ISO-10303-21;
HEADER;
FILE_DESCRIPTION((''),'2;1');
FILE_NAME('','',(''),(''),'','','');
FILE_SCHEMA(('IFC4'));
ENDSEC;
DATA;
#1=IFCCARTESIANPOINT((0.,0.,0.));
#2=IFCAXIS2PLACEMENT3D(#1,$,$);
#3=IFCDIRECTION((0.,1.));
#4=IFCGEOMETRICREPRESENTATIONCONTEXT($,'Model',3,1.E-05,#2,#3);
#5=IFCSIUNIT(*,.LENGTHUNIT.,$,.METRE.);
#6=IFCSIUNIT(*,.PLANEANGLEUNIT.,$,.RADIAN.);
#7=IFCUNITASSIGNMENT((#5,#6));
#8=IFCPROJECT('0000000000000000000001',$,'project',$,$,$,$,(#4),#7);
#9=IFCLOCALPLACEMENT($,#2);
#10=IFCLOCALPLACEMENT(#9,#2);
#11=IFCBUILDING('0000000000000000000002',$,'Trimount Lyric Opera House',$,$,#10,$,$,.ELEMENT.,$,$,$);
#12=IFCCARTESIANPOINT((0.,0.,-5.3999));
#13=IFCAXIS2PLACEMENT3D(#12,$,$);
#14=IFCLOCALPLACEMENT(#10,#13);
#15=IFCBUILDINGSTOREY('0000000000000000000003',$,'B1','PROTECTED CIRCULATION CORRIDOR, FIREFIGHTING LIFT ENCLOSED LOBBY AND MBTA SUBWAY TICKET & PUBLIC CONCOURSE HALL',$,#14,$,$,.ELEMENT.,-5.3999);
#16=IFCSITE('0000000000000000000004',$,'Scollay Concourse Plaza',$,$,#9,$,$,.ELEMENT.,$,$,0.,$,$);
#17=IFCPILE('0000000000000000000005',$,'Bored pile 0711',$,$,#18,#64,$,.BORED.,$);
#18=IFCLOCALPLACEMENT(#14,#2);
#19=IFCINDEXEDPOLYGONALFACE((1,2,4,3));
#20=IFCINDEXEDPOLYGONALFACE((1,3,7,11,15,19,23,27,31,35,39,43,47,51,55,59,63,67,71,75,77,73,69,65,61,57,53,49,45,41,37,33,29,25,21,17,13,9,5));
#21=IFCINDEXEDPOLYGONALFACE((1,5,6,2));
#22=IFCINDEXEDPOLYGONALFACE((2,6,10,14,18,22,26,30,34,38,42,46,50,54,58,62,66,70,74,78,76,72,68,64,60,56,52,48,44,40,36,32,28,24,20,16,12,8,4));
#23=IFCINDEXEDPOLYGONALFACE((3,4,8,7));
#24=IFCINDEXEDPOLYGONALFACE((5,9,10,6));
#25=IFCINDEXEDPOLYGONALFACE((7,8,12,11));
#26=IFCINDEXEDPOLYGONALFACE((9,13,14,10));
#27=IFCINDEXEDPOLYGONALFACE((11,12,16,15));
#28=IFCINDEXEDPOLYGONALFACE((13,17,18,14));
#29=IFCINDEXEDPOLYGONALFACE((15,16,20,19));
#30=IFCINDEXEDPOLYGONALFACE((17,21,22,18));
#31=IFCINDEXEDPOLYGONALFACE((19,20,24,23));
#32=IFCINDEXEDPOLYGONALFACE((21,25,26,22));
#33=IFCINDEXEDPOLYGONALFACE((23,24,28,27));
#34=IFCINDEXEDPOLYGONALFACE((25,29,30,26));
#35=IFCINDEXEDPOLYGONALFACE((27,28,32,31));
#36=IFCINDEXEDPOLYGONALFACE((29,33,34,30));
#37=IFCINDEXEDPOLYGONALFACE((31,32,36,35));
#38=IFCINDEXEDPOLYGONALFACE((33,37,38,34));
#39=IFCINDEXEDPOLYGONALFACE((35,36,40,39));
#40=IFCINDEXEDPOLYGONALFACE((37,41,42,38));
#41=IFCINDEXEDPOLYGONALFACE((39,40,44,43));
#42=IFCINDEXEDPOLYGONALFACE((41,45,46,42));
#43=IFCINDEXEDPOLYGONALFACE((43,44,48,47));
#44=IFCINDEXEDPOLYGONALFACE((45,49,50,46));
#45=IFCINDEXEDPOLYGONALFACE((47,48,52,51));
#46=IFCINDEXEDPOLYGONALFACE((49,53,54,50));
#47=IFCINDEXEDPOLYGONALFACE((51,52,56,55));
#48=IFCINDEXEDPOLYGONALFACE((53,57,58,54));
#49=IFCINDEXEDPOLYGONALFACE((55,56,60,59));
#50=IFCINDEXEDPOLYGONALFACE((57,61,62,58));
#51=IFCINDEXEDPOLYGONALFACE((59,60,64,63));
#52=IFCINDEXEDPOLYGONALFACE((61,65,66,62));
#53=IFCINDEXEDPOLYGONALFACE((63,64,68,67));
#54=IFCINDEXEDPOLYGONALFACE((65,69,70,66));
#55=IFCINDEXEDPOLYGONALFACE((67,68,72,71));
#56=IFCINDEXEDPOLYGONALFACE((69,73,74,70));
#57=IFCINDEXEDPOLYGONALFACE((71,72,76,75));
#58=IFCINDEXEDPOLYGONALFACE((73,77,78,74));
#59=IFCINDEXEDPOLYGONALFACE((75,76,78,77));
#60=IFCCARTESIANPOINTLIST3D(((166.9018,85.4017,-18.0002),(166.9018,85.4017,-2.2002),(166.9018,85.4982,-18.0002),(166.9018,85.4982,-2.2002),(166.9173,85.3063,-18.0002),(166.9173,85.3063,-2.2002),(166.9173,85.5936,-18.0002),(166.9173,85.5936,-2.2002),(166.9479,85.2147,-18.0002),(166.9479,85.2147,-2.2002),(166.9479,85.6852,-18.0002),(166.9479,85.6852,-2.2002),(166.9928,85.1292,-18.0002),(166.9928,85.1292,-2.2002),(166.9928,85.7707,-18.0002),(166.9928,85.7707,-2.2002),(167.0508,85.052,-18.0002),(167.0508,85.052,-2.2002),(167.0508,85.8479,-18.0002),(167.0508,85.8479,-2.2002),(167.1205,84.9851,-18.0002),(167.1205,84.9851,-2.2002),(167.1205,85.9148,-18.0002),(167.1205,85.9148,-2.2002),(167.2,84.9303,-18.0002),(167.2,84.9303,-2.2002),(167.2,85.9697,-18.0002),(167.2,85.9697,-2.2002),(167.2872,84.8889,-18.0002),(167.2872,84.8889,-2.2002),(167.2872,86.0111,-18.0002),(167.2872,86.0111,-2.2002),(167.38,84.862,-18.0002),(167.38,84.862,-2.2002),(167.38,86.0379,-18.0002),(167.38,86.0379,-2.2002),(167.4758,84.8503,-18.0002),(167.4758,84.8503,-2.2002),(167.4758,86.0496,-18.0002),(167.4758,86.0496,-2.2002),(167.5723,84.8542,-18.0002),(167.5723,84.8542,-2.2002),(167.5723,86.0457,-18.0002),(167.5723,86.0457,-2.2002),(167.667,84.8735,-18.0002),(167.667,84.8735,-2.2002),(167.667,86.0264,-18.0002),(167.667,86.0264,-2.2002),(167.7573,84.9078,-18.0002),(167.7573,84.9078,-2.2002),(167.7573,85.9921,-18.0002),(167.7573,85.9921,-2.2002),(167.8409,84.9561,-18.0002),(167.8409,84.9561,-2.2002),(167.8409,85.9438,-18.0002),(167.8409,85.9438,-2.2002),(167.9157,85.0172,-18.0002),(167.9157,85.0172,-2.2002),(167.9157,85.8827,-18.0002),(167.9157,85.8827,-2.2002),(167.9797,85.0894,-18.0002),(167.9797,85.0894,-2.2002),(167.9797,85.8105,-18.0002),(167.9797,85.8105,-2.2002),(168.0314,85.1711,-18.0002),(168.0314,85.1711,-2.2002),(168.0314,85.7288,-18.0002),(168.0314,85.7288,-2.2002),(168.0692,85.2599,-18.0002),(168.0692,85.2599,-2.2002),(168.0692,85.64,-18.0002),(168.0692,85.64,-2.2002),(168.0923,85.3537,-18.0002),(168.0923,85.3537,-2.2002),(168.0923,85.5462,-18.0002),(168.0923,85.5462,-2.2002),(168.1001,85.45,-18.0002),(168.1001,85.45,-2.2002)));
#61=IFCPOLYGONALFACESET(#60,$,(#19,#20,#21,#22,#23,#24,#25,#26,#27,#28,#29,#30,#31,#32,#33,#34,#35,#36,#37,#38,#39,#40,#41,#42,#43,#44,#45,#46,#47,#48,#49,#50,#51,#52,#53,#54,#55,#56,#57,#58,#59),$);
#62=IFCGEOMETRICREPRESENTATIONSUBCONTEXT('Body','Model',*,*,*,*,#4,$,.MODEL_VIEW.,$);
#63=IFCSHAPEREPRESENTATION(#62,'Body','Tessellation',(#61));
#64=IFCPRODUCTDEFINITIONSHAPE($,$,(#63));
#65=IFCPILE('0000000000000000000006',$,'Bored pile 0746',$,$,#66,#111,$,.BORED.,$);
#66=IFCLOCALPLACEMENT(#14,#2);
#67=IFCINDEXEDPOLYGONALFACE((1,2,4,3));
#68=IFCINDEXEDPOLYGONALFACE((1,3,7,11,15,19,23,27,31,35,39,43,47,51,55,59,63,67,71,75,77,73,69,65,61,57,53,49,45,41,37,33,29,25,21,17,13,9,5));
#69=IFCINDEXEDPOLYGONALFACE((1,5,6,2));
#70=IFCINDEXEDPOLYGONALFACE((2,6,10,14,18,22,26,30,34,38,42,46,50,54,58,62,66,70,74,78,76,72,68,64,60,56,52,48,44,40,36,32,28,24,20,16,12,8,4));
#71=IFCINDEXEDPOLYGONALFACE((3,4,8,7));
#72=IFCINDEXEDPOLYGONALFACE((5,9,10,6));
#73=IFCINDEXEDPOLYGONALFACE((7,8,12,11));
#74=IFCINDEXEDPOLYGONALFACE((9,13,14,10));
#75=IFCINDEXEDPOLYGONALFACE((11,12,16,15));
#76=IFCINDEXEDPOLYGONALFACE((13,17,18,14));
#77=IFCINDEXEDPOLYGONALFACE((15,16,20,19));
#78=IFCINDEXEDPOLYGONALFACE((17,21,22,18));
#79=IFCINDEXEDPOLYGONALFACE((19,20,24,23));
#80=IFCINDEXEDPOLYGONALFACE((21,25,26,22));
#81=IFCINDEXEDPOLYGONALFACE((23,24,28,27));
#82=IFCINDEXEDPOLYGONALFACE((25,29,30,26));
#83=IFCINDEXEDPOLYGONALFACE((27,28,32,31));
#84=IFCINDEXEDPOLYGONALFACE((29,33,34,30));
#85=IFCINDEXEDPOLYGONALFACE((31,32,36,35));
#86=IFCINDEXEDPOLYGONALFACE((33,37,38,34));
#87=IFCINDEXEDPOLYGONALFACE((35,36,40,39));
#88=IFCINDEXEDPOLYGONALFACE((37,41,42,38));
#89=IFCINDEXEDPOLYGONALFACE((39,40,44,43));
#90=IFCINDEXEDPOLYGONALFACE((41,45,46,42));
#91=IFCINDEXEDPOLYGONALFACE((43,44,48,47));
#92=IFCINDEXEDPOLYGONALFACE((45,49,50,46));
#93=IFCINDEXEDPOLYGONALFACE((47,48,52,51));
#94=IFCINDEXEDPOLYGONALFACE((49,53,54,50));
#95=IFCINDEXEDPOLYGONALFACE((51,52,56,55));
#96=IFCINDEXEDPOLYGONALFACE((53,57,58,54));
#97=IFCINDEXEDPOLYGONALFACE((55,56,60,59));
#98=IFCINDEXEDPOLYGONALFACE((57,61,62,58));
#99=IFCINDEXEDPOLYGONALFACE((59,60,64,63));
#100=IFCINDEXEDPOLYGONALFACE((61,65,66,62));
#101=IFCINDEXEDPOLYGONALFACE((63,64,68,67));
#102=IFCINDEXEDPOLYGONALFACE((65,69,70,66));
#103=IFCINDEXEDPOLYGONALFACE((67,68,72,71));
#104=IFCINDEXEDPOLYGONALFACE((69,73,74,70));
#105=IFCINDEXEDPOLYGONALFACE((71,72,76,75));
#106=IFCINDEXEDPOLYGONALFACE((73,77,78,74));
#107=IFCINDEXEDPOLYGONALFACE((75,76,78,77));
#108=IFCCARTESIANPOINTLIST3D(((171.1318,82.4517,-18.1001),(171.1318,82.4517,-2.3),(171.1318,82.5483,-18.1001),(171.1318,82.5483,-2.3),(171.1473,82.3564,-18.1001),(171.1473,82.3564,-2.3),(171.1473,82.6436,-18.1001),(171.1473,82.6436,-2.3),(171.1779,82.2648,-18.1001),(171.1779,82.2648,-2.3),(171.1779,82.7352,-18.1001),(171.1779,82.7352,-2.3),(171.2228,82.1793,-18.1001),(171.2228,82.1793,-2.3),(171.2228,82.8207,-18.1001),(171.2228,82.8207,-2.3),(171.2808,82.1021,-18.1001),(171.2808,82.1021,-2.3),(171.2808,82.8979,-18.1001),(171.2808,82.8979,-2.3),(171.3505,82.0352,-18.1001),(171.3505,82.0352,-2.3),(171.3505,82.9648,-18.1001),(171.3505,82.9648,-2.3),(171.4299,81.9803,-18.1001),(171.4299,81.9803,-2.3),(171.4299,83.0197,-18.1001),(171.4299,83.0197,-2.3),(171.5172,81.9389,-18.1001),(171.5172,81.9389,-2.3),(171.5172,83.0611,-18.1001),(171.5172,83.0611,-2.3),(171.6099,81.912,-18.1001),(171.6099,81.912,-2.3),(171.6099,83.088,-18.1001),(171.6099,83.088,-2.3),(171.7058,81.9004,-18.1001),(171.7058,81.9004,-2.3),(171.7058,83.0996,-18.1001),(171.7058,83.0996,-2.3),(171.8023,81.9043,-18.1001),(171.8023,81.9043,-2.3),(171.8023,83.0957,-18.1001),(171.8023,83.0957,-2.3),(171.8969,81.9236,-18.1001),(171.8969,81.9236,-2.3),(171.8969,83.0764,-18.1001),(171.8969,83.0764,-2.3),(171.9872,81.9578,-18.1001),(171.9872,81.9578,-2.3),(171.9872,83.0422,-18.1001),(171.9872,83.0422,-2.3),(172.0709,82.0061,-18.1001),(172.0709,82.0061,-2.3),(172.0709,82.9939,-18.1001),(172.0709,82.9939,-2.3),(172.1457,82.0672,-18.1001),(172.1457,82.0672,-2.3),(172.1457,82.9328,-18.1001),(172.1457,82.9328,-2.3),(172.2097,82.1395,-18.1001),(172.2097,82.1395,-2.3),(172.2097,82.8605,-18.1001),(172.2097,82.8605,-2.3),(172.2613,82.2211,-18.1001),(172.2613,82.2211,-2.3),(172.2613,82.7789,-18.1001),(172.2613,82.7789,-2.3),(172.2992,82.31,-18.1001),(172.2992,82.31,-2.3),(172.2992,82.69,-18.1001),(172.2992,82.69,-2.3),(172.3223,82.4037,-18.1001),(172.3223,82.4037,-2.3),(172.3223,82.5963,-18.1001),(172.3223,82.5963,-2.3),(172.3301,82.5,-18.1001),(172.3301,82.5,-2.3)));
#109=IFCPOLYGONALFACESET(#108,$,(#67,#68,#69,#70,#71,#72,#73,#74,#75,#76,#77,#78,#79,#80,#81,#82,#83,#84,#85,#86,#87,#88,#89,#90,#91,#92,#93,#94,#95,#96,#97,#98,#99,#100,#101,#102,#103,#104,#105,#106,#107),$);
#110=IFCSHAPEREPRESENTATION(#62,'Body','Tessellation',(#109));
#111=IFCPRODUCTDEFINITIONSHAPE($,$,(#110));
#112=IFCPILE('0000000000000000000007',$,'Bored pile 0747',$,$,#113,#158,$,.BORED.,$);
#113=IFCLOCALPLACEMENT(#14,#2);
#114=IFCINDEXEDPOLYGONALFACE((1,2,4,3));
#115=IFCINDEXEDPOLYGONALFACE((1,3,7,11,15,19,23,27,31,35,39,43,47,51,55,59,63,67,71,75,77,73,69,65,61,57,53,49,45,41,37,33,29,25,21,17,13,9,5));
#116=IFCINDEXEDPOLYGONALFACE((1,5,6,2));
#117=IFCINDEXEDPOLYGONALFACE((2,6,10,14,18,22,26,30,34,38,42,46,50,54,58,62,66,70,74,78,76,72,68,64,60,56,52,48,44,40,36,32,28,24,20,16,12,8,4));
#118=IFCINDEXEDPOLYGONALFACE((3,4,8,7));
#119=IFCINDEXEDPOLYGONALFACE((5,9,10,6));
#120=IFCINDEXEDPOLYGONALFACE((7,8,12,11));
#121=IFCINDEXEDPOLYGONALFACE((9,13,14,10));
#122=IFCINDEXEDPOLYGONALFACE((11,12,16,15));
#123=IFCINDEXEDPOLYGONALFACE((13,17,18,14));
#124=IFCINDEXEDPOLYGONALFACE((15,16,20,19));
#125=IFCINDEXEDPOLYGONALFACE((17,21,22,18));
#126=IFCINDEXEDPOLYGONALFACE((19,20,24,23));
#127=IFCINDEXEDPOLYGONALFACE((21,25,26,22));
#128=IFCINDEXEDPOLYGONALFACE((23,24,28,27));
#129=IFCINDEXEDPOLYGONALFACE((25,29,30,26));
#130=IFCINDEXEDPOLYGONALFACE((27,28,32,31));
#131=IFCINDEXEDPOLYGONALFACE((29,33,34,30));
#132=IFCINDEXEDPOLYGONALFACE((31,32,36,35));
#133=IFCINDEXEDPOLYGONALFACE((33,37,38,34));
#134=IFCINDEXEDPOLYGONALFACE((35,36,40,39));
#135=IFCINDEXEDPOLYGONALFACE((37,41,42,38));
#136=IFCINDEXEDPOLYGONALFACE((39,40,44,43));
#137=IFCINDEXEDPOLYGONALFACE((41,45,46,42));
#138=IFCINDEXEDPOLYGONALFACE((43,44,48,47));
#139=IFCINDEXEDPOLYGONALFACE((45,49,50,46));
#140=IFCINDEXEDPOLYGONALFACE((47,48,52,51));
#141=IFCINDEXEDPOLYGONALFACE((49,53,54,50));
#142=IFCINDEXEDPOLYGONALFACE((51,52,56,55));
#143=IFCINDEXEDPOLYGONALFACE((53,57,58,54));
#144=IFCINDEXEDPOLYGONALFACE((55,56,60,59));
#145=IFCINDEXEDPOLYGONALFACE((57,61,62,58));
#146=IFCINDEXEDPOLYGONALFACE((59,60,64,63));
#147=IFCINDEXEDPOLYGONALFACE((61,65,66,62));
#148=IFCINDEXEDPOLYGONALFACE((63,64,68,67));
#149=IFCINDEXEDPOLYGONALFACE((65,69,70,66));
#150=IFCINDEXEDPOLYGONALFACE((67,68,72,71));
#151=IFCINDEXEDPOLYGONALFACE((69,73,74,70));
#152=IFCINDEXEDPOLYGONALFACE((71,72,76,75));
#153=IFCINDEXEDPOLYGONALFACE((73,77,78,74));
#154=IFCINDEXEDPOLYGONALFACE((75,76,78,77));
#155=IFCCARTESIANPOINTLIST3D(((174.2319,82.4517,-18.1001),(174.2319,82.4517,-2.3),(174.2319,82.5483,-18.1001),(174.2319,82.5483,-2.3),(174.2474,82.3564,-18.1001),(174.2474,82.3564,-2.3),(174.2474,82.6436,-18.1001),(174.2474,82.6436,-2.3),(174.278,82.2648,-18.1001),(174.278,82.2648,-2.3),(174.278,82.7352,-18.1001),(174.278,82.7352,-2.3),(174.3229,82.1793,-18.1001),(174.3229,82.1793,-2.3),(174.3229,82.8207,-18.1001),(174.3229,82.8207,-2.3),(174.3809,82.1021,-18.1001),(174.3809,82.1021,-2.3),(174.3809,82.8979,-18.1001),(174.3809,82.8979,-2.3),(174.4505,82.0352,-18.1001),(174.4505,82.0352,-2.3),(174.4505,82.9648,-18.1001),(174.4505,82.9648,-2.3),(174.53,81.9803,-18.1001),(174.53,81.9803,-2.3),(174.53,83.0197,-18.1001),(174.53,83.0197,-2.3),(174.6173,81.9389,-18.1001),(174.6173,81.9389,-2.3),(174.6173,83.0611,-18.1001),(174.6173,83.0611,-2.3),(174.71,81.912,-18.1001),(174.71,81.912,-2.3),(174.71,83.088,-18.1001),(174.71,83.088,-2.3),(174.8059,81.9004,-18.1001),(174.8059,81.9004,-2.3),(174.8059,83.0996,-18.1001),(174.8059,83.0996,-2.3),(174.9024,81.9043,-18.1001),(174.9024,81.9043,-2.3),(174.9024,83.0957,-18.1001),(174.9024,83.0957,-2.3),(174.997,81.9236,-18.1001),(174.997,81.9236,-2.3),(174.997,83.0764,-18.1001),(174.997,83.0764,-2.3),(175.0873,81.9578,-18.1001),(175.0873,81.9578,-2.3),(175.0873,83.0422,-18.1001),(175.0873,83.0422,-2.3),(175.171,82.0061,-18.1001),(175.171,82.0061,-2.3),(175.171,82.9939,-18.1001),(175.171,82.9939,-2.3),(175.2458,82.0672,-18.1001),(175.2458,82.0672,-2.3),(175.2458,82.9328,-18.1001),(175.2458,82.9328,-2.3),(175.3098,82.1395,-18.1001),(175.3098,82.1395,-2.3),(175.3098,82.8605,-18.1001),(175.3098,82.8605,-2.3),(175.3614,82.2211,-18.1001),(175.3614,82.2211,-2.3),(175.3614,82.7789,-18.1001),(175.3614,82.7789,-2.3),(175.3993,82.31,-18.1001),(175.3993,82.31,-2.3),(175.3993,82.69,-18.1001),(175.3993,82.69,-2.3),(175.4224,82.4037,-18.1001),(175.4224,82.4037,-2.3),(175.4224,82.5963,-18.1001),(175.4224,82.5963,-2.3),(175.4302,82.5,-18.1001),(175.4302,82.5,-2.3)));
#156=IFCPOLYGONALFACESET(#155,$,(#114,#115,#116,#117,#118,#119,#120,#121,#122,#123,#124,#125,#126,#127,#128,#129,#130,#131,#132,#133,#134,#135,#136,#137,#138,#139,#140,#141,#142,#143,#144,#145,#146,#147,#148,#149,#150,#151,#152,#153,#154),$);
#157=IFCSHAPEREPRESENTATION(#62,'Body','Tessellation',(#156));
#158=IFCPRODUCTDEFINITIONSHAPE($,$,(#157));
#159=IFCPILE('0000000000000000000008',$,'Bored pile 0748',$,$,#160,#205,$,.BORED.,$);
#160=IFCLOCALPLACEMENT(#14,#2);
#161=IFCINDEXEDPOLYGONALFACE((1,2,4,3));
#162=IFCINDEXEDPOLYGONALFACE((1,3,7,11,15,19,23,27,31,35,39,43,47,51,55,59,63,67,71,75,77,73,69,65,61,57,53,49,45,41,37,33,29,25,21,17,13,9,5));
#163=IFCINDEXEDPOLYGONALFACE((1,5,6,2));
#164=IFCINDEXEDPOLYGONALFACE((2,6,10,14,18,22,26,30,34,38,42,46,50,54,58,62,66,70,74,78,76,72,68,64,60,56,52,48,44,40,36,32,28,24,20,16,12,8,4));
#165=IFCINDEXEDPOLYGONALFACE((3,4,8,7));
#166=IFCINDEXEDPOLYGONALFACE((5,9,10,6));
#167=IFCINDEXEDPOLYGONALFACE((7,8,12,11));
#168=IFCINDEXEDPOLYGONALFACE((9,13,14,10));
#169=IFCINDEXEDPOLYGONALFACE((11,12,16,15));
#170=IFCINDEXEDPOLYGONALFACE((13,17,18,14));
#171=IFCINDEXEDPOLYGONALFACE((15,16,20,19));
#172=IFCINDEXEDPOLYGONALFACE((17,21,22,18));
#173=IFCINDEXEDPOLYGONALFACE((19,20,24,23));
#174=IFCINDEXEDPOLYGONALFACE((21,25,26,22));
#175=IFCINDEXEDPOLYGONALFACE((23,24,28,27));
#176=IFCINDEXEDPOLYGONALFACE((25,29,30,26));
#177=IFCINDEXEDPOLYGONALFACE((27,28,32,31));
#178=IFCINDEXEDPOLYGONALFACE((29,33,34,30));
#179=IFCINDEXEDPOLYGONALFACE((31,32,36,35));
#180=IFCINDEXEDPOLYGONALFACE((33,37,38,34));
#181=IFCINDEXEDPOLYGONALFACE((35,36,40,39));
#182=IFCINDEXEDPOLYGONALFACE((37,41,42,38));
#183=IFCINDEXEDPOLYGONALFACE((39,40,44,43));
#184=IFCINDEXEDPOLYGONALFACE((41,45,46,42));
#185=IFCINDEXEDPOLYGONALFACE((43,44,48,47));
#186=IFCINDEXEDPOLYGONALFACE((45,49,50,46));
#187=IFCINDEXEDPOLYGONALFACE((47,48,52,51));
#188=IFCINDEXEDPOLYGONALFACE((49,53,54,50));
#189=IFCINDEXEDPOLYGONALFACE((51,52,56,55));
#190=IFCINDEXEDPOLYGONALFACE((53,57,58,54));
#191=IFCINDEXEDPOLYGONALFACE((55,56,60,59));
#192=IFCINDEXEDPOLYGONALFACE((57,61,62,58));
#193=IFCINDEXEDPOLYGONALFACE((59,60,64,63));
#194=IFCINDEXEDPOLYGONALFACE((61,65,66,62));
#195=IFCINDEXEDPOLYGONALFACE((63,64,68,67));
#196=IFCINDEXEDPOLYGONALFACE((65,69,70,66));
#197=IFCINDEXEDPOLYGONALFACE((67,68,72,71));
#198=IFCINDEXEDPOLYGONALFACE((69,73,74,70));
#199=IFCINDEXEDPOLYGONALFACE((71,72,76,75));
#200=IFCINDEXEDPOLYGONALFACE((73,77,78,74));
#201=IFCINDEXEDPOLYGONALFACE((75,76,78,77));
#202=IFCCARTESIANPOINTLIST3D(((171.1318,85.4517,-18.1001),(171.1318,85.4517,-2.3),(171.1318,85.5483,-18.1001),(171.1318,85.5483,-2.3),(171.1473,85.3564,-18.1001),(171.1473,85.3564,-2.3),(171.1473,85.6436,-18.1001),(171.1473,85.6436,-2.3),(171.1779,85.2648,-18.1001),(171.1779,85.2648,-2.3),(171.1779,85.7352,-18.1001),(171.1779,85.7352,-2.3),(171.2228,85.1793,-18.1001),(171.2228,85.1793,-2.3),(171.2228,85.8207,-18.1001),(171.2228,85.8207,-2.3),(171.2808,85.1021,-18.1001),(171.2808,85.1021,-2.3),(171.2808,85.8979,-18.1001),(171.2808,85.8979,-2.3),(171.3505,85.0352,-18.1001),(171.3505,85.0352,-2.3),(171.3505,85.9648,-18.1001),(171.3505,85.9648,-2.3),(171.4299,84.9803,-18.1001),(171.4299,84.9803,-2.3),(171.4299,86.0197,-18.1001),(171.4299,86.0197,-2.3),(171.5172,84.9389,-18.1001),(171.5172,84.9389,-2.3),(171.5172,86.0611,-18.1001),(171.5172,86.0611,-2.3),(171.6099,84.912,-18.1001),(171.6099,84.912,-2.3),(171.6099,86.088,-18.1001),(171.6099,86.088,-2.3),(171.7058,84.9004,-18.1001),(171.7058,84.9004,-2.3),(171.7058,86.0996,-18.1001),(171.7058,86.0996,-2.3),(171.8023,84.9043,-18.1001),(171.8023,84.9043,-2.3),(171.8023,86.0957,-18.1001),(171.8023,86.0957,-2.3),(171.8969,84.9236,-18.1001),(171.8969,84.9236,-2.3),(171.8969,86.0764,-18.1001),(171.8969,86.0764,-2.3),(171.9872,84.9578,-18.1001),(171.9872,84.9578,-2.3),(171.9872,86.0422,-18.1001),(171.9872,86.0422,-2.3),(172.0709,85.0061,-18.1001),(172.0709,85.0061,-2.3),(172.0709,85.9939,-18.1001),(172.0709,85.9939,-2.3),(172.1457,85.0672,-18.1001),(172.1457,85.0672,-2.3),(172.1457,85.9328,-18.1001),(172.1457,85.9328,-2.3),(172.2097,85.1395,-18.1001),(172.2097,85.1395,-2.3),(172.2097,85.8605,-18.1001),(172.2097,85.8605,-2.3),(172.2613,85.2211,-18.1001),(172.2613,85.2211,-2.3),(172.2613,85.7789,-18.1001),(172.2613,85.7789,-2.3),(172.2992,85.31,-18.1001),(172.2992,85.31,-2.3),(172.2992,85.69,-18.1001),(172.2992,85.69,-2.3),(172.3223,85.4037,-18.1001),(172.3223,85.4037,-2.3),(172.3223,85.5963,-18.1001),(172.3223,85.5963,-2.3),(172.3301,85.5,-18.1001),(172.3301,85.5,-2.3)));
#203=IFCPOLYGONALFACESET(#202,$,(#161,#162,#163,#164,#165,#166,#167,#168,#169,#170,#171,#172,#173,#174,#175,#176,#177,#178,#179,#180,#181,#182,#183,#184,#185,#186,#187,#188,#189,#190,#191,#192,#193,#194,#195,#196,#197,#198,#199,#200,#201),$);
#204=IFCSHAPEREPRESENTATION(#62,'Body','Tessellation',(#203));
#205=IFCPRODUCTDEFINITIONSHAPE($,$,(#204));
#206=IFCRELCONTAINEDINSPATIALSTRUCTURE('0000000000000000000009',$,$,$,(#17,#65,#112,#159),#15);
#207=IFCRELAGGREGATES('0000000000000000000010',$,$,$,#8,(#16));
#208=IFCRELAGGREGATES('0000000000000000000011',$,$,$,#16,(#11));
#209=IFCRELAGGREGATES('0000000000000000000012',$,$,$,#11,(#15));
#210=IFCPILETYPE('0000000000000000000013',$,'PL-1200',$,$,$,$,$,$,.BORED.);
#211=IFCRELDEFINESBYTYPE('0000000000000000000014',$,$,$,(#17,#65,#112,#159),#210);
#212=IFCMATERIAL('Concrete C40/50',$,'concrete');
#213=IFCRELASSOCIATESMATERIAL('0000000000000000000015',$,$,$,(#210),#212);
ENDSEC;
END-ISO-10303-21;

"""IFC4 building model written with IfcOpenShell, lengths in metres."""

from ifc_helpers import new_model, si_unit, direction, frame, origin, origin_2d, place, context, subcontext, project, spatial, circle, extrude, material, material_profile, profile_set, type_object, element, save


model = new_model("IFC4")

# Units and contexts
model_context = context("Model", 3, precision=1e-05, world=origin(), true_north=direction((0.0, 1.0)))
body_context = subcontext(model_context, "Body", "Model", "MODEL_VIEW")
ifc_project = project(units=[si_unit("LENGTHUNIT", "METRE"), si_unit("PLANEANGLEUNIT", "RADIAN")], contexts=[model_context])

# Site, building, storey
site_placement = place(None, origin())
site = spatial("IfcSite", under=ifc_project, at=site_placement, Name="Scollay Concourse Plaza", CompositionType="ELEMENT", RefElevation=0.0)
building_placement = place(site_placement, origin())
building = spatial("IfcBuilding", under=site, at=building_placement, Name="Trimount Lyric Opera House", CompositionType="ELEMENT")
storey_placement = place(building_placement, frame((0.0, 0.0, -5.3999)))
storey = spatial("IfcBuildingStorey", under=building, at=storey_placement, Name="B1", Description="PROTECTED CIRCULATION CORRIDOR, FIREFIGHTING LIFT ENCLOSED LOBBY AND MBTA SUBWAY TICKET & PUBLIC CONCOURSE HALL", CompositionType="ELEMENT", Elevation=-5.3999)

# Piles
ifc_material_1 = material(Name="Concrete C40/50", Category="concrete")
ifc_material_profile_1 = material_profile(ifc_material_1, circle(Radius=0.6001, at=origin_2d()), Name="PILE-D1200")
ifc_profile_set_1 = profile_set([ifc_material_profile_1], Name="Concrete C40/50")
pile_type_1 = type_object("IfcPileType", Name="PL-1200", PredefinedType="BORED", material=ifc_profile_set_1)
for number, where, z_axis, x_axis, name in (
    (1, (167.5, 85.45, -2.2002), (0.0, 0.0, -1.0), (1.0, 0.0, 0.0), "Bored pile 0711"),
    (2, (171.73, 82.5, -2.3), (0.0, 0.0, -1.0), (1.0, 0.0, 0.0), "Bored pile 0746"),
    (3, (174.8301, 82.5, -2.3), (0.0, 0.0, -1.0), (1.0, 0.0, 0.0), "Bored pile 0747"),
    (4, (171.73, 85.5, -2.3), (0.0, 0.0, -1.0), (1.0, 0.0, 0.0), "Bored pile 0748"),
):
    element("IfcPile", number, at=place(storey_placement, frame(where, z_axis=z_axis, x_axis=x_axis)), inside=storey, type_object=pile_type_1, Name=name, PredefinedType="BORED", context=body_context, shape_type="SweptSolid", body=[
        extrude(circle(Radius=0.6001, at=origin_2d()), origin(), (0.0, 0.0, 1.0), 15.8),
    ])

save(model, "model.ifc")
